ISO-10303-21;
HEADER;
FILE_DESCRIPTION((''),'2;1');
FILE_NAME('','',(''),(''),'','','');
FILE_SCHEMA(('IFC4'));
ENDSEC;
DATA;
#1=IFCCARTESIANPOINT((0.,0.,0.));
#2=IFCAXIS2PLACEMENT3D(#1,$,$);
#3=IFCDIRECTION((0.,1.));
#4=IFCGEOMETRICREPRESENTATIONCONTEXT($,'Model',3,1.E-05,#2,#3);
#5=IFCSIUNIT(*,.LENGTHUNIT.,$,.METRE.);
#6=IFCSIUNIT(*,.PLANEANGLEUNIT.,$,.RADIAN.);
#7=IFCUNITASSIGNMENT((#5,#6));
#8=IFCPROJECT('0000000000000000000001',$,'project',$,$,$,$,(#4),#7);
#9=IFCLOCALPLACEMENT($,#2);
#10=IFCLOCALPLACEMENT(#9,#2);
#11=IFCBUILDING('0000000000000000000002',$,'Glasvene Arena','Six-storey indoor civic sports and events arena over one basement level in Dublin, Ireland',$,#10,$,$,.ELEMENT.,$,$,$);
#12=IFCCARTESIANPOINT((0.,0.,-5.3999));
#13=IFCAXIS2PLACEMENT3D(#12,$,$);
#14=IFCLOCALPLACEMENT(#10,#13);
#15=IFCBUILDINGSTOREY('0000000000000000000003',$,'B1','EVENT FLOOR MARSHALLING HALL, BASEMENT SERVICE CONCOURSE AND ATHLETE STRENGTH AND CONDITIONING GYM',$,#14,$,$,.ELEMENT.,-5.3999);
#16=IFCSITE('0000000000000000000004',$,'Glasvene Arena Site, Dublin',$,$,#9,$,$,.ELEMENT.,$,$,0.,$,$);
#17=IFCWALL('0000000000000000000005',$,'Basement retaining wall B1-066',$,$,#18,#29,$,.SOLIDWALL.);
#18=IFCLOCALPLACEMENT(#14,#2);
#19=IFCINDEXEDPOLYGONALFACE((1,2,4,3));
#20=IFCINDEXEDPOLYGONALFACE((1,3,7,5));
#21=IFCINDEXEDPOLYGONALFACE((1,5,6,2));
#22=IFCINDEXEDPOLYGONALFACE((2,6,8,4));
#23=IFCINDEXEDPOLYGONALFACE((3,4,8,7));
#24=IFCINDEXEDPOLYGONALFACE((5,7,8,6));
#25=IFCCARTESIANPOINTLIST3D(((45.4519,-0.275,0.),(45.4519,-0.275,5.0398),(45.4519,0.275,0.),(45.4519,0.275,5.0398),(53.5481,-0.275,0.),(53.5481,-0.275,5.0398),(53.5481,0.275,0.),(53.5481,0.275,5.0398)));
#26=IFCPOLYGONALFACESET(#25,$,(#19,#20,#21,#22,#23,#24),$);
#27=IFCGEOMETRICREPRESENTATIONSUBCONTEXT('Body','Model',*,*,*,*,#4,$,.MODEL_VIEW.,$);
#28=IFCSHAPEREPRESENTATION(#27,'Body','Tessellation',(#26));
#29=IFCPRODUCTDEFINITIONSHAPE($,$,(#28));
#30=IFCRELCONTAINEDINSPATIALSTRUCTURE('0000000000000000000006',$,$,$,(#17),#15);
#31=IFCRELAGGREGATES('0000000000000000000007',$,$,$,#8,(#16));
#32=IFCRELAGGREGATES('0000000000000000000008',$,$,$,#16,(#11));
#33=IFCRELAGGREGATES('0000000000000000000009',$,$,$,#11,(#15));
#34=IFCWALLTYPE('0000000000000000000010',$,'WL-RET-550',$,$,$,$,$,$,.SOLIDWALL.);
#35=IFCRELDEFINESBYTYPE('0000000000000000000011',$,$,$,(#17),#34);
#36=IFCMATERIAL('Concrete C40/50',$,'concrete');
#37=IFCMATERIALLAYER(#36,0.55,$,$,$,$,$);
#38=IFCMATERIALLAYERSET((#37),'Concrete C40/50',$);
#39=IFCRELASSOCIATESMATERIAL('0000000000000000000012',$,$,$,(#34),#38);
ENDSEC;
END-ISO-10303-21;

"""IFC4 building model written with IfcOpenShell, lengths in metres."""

from ifc_helpers import new_model, si_unit, direction, frame, frame_2d, origin, place, context, subcontext, project, spatial, rectangle, extrude, material, layer, layer_set, type_object, element, save


model = new_model("IFC4")

# Units and contexts
model_context = context("Model", 3, precision=1e-05, world=origin(), true_north=direction((0.0, 1.0)))
body_context = subcontext(model_context, "Body", "Model", "MODEL_VIEW")
ifc_project = project(units=[si_unit("LENGTHUNIT", "METRE"), si_unit("PLANEANGLEUNIT", "RADIAN")], contexts=[model_context])

# Site, building, storey
site_placement = place(None, origin())
site = spatial("IfcSite", under=ifc_project, at=site_placement, Name="Glasvene Arena Site, Dublin", CompositionType="ELEMENT", RefElevation=0.0)
building_placement = place(site_placement, origin())
building = spatial("IfcBuilding", under=site, at=building_placement, Name="Glasvene Arena", Description="Six-storey indoor civic sports and events arena over one basement level in Dublin, Ireland", CompositionType="ELEMENT")
storey_placement = place(building_placement, frame((0.0, 0.0, -5.3999)))
storey = spatial("IfcBuildingStorey", under=building, at=storey_placement, Name="B1", Description="EVENT FLOOR MARSHALLING HALL, BASEMENT SERVICE CONCOURSE AND ATHLETE STRENGTH AND CONDITIONING GYM", CompositionType="ELEMENT", Elevation=-5.3999)

# Shared definitions
ifc_material_1 = material(Name="Concrete C40/50", Category="concrete")

# Wall
ifc_layer = layer(ifc_material_1, 0.55)
ifc_layer_set = layer_set([ifc_layer], Name="Concrete C40/50")
wall_type = type_object("IfcWallType", Name="WL-RET-550", PredefinedType="SOLIDWALL", material=ifc_layer_set)
for number, where, z_axis, x_axis, name in (
    (1, (53.5481, 0.0, 0.0), (0.0, 0.0, 1.0), (-1.0, 0.0, 0.0), "Basement retaining wall B1-066"),
):
    element("IfcWall", number, at=place(storey_placement, frame(where, z_axis=z_axis, x_axis=x_axis)), inside=storey, type_object=wall_type, Name=name, PredefinedType="SOLIDWALL", context=body_context, shape_type="SweptSolid", body=[
        extrude(rectangle(XDim=8.0962, YDim=0.55, at=frame_2d((4.0481, 0.0))), origin(), (0.0, 0.0, 1.0), 5.0398),
    ])

save(model, "model.ifc")
